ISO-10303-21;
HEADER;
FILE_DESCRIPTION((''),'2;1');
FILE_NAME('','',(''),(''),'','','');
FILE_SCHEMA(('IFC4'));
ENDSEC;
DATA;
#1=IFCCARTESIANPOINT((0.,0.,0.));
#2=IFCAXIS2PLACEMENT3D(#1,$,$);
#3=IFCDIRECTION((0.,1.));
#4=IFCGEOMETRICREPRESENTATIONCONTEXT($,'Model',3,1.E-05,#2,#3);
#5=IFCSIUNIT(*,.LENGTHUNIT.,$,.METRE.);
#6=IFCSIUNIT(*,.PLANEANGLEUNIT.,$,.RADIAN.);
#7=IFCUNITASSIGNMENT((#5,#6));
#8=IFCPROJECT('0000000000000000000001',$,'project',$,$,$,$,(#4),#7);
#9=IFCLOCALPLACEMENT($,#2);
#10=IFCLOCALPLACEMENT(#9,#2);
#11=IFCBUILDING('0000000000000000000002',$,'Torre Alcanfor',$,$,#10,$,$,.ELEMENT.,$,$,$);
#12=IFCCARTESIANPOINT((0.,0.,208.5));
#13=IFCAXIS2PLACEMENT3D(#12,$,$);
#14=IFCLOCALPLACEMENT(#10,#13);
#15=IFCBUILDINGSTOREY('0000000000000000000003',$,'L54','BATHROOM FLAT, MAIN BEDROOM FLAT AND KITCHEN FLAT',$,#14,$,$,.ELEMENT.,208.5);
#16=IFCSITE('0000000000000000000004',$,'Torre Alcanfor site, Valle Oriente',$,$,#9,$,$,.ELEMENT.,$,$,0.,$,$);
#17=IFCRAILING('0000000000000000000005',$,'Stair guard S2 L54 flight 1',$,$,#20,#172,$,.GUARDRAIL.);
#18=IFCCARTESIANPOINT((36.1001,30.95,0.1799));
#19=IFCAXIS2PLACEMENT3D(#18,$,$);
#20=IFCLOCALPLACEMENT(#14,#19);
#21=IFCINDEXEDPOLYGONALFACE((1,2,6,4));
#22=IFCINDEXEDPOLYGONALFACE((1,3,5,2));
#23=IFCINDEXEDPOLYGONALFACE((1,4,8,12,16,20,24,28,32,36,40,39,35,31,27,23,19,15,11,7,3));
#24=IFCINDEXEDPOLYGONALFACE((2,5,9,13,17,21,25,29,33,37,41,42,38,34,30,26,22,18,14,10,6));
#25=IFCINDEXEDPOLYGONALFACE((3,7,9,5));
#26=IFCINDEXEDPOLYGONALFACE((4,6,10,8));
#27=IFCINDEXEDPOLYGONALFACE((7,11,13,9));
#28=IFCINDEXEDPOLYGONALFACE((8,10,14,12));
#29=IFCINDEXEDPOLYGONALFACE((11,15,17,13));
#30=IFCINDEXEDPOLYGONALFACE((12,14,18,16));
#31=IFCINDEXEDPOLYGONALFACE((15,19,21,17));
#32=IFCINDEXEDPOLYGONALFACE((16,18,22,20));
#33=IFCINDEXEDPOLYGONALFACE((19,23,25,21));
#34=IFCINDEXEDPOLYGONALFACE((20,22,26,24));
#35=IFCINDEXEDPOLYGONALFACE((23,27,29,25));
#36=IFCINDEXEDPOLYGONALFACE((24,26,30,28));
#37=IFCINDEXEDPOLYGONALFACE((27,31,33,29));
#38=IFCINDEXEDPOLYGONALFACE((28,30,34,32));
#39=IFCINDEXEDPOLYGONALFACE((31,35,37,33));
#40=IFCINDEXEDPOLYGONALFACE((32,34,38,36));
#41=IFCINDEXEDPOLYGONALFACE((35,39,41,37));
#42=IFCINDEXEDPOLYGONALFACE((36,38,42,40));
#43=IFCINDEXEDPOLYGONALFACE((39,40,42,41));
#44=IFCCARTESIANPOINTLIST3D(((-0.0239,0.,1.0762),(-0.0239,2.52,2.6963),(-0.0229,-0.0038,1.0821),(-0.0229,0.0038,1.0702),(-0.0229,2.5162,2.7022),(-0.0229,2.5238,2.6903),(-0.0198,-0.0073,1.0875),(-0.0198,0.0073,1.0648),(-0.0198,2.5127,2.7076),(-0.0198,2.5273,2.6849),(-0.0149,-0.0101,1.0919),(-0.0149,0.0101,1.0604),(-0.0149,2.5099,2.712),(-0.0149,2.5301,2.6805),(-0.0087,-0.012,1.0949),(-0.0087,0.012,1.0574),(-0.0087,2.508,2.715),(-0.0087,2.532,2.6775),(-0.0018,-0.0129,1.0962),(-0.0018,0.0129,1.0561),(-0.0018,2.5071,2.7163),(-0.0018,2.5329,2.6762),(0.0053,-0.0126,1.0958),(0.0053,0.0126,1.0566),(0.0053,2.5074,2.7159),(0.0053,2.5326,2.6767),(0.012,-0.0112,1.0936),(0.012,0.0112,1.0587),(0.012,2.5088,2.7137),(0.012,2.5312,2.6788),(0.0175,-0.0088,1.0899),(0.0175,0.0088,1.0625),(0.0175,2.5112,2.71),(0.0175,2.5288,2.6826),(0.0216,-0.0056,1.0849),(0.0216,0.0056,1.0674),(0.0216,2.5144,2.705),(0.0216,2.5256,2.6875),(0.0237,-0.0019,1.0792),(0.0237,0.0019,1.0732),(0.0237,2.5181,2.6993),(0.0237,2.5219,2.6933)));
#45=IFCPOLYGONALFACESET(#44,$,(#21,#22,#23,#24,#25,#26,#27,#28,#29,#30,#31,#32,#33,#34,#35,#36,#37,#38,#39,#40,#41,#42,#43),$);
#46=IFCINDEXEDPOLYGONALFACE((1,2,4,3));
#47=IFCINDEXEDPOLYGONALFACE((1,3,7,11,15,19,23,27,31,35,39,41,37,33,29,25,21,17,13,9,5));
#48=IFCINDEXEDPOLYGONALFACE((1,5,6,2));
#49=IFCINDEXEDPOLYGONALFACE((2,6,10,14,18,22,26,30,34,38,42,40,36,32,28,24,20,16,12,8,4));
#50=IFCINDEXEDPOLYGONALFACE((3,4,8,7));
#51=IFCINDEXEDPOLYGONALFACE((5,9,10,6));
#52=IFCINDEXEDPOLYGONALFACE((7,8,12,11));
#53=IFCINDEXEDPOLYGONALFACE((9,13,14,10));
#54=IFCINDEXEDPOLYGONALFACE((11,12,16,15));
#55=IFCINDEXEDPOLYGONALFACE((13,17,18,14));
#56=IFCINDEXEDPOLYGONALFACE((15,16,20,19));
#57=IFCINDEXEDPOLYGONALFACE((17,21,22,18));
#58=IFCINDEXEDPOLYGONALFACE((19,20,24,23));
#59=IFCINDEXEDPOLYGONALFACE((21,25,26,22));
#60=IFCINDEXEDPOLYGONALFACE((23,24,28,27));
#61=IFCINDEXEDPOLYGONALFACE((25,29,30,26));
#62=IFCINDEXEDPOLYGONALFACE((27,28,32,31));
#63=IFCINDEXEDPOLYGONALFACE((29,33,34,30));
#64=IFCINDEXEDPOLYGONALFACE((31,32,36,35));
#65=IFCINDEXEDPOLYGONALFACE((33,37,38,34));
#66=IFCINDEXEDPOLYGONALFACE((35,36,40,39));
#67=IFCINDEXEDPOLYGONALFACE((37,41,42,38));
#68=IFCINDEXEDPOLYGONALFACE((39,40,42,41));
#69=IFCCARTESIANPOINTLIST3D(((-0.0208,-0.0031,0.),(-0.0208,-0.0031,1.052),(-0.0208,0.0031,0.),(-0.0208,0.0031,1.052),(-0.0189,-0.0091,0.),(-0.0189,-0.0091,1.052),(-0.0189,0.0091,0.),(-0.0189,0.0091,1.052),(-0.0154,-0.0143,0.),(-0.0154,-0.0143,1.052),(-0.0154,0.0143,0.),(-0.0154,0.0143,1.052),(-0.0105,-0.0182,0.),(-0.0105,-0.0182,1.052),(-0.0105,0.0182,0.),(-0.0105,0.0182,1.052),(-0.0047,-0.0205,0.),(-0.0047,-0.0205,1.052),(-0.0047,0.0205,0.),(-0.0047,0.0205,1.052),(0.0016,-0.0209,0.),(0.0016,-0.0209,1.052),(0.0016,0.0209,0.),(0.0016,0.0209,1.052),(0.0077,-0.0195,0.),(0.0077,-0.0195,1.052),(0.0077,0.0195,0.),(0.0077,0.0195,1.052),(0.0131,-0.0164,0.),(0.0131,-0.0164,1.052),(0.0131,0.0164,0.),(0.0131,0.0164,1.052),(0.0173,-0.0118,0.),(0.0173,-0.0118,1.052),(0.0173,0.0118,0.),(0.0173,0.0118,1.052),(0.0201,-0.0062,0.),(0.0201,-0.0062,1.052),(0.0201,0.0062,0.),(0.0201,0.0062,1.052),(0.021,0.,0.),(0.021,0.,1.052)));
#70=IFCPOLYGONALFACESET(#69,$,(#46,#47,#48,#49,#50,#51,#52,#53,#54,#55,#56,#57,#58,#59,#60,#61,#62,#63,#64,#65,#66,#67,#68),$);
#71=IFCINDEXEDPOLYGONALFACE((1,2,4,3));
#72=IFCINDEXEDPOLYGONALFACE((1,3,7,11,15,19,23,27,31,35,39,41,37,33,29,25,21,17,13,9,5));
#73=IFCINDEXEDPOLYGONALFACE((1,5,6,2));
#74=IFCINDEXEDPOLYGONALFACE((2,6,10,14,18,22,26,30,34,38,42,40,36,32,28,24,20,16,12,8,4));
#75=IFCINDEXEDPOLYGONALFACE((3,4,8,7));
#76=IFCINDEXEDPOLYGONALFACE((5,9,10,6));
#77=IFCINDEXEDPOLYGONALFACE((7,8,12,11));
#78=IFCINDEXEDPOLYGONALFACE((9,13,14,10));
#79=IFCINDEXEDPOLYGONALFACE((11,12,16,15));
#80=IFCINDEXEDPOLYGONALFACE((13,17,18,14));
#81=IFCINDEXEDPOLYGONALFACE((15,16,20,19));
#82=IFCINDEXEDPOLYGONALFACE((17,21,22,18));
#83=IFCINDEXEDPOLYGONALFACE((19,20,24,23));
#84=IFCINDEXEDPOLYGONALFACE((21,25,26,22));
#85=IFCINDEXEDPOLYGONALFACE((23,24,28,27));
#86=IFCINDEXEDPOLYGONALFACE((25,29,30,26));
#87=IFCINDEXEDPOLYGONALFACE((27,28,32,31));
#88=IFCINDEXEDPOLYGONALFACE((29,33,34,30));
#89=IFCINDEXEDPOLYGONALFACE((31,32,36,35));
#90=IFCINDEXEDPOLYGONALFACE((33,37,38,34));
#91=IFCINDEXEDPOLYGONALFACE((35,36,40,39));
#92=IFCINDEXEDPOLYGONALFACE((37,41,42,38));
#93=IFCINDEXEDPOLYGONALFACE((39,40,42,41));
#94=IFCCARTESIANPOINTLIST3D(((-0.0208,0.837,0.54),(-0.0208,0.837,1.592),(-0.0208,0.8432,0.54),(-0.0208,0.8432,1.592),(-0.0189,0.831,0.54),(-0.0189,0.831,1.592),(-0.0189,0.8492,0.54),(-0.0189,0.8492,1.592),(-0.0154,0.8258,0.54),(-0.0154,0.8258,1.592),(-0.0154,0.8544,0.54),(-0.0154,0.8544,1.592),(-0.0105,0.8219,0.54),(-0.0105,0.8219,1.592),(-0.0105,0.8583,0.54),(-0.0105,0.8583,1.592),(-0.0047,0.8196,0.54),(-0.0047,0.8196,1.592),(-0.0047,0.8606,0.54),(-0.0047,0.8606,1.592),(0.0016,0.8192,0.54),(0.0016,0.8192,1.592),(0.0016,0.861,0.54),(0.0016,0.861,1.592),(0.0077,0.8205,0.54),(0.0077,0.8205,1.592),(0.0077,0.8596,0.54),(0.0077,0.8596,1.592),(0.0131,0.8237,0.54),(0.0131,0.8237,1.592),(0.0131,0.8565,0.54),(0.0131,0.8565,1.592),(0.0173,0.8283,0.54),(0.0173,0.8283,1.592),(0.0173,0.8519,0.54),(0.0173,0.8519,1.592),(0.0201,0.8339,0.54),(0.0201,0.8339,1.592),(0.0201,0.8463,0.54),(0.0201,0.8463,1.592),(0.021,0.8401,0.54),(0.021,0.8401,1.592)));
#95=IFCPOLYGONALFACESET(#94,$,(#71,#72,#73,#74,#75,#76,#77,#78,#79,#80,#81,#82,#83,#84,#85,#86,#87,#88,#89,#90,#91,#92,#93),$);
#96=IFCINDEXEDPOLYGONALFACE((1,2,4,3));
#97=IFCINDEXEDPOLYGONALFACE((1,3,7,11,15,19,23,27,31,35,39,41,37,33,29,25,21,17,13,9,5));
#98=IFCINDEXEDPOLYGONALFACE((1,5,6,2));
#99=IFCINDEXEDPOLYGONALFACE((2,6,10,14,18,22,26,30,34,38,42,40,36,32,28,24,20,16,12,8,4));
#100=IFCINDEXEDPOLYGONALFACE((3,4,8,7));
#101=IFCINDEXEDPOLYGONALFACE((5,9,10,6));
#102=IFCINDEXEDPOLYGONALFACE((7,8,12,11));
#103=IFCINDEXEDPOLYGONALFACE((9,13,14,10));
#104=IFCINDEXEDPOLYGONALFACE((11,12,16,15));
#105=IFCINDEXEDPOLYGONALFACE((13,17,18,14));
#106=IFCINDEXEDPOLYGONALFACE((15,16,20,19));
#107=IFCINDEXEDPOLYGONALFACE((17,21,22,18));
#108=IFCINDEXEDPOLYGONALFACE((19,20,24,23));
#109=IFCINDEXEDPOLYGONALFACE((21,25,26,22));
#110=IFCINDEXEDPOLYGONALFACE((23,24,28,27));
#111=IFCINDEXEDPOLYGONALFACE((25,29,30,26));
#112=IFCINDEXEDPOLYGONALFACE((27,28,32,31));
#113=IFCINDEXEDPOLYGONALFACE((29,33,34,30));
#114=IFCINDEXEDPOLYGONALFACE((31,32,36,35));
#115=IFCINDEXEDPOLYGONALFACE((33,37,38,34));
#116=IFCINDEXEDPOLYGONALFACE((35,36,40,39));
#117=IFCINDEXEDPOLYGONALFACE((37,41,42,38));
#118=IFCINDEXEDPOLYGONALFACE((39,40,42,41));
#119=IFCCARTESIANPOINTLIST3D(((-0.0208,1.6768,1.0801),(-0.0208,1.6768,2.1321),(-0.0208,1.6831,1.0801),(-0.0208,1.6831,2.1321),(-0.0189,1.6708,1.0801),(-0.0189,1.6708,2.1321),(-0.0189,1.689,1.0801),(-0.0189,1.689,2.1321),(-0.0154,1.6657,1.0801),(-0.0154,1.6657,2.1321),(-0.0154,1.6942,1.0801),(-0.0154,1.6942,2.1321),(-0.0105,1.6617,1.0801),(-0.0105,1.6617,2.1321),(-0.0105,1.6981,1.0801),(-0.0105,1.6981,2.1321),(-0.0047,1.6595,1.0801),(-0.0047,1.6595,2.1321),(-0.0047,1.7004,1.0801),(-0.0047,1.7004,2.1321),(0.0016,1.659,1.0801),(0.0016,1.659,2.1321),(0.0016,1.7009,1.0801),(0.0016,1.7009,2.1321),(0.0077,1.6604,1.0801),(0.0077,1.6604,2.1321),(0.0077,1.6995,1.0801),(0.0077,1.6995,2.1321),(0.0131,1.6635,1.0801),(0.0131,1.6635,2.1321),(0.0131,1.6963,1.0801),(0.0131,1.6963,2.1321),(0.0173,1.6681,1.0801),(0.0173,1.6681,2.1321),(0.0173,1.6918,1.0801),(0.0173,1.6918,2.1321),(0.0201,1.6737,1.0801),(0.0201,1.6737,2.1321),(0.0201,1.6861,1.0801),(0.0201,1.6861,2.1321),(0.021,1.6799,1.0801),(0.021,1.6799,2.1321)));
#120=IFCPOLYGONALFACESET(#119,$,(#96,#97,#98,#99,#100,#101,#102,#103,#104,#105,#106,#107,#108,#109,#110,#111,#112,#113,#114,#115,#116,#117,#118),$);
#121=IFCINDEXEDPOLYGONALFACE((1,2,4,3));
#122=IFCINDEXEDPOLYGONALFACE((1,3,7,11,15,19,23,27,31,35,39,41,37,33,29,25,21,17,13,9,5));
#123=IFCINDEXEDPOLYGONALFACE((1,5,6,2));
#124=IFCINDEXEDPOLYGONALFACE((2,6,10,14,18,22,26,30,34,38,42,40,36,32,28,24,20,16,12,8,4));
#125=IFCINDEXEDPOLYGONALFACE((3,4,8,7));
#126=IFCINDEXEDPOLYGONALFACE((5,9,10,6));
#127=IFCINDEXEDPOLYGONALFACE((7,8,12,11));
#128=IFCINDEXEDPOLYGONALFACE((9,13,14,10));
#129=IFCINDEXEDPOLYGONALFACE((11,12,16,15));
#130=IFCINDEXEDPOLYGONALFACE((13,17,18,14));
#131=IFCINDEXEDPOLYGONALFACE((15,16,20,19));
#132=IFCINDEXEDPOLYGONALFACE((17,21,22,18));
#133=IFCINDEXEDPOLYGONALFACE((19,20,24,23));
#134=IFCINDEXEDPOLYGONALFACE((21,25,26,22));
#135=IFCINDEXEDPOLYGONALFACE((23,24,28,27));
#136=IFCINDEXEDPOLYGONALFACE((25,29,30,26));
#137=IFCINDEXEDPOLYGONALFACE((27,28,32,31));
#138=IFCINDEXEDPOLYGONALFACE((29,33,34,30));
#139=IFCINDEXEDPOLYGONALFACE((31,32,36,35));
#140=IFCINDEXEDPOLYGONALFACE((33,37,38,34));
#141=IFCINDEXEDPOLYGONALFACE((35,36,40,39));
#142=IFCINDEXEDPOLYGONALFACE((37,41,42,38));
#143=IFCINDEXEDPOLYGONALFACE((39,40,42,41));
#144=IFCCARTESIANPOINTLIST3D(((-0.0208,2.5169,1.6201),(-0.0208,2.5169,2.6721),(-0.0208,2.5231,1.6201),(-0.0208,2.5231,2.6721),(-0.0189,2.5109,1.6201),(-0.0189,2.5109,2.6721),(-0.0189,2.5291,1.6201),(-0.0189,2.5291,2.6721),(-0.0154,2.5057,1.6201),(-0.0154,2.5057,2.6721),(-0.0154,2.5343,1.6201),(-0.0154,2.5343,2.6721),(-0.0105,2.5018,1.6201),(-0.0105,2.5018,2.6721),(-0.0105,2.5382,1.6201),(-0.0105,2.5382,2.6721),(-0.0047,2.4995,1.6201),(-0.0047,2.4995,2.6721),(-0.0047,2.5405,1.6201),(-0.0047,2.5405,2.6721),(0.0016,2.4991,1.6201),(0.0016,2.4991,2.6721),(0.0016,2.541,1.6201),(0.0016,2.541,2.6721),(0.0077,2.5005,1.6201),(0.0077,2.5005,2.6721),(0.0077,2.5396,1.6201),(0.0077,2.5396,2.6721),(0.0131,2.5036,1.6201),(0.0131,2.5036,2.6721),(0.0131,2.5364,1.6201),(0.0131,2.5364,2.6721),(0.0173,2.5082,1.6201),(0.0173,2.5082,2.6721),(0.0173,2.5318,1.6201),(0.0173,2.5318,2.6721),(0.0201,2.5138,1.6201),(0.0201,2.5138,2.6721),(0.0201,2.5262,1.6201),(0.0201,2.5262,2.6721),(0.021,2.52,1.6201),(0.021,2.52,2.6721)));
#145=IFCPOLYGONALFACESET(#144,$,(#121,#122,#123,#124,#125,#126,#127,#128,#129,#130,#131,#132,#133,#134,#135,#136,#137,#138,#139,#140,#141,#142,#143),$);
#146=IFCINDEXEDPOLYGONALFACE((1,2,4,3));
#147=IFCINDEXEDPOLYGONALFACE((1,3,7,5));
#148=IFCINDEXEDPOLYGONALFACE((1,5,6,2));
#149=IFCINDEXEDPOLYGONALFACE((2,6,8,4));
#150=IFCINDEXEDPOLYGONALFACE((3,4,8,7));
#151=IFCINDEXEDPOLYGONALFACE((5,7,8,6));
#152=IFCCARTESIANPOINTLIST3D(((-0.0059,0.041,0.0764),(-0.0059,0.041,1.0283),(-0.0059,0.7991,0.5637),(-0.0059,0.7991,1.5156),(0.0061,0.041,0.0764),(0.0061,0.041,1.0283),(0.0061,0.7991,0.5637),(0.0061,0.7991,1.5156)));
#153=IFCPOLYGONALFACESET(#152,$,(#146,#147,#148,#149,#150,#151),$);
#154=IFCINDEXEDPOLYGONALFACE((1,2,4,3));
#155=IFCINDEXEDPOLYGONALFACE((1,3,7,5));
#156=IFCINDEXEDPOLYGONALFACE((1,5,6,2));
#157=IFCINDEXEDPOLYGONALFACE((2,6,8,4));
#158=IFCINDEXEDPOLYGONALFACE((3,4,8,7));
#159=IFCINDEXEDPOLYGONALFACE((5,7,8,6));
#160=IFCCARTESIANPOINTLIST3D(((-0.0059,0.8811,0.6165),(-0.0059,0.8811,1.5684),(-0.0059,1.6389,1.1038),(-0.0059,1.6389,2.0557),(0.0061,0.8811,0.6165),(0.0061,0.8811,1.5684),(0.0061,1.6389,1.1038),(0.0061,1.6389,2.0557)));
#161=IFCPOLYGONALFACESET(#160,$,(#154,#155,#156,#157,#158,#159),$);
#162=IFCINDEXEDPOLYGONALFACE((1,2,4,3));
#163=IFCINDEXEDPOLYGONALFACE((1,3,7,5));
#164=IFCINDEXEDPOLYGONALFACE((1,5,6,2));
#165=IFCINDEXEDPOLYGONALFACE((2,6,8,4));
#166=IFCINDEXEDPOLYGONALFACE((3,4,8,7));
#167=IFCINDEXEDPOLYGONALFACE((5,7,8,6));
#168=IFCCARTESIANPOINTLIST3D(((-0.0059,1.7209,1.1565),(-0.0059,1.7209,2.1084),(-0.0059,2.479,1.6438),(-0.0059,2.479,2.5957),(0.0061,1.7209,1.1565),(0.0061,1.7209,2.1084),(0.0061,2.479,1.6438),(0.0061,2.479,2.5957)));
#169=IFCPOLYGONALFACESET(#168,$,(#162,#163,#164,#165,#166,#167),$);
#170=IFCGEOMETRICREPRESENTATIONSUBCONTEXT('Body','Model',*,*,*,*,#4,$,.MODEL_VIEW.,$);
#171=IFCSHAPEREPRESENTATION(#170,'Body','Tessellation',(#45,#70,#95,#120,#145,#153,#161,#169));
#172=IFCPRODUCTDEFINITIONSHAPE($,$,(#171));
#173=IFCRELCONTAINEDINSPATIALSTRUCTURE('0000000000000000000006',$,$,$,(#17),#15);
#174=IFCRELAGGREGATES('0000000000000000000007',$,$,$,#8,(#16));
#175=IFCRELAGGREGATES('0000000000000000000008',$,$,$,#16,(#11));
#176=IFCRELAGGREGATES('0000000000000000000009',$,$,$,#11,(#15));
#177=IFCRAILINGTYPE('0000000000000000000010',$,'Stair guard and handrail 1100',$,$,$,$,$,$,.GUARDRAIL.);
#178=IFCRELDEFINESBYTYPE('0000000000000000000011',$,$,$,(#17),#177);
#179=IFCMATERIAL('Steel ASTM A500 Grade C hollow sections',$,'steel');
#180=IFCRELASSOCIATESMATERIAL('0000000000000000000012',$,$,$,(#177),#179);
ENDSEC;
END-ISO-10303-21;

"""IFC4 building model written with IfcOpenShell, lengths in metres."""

from ifc_helpers import new_model, si_unit, direction, frame, origin, origin_2d, place, context, subcontext, project, spatial, polyline, circle, outline, extrude, material, type_object, element, save


model = new_model("IFC4")

# Units and contexts
model_context = context("Model", 3, precision=1e-05, world=origin(), true_north=direction((0.0, 1.0)))
body_context = subcontext(model_context, "Body", "Model", "MODEL_VIEW")
ifc_project = project(units=[si_unit("LENGTHUNIT", "METRE"), si_unit("PLANEANGLEUNIT", "RADIAN")], contexts=[model_context])

# Site, building, storey
site_placement = place(None, origin())
site = spatial("IfcSite", under=ifc_project, at=site_placement, Name="Torre Alcanfor site, Valle Oriente", CompositionType="ELEMENT", RefElevation=0.0)
building_placement = place(site_placement, origin())
building = spatial("IfcBuilding", under=site, at=building_placement, Name="Torre Alcanfor", CompositionType="ELEMENT")
storey_placement = place(building_placement, frame((0.0, 0.0, 208.5)))
storey = spatial("IfcBuildingStorey", under=building, at=storey_placement, Name="L54", Description="BATHROOM FLAT, MAIN BEDROOM FLAT AND KITCHEN FLAT", CompositionType="ELEMENT", Elevation=208.5)

# Railing
ifc_material_1 = material(Name="Steel ASTM A500 Grade C hollow sections", Category="steel")
railing_type_1 = type_object("IfcRailingType", Name="Stair guard and handrail 1100", PredefinedType="GUARDRAIL", material=ifc_material_1)
railing_1_placement = place(storey_placement, frame((36.1001, 30.95, 0.1799)))
element("IfcRailing", 1, at=railing_1_placement, inside=storey, type_object=railing_type_1, Name="Stair guard S2 L54 flight 1", PredefinedType="GUARDRAIL", context=body_context, shape_type="SweptSolid", body=[
    extrude(circle(Radius=0.0239, at=origin_2d()), frame((0.0, 0.0, 1.0762), z_axis=(0.0, 0.841163, 0.540782), x_axis=(-1.0, 0.0, 0.0)), (0.0, 0.0, 1.0), 2.9958),
    extrude(circle(Radius=0.021, at=origin_2d()), origin(), (0.0, 0.0, 1.0), 1.052),
    extrude(circle(Radius=0.021, at=origin_2d()), frame((0.0, 0.8401, 0.54)), (0.0, 0.0, 1.0), 1.052),
    extrude(circle(Radius=0.021, at=origin_2d()), frame((0.0, 1.6799, 1.0801)), (0.0, 0.0, 1.0), 1.052),
    extrude(circle(Radius=0.021, at=origin_2d()), frame((0.0, 2.52, 1.6201)), (0.0, 0.0, 1.0), 1.052),
    extrude(outline(polyline([(0.041, 0.0764), (0.7991, 0.5637), (0.7991, 1.5156), (0.041, 1.0283), (0.041, 0.0764)])), frame((-0.0059, 0.0, 0.0), z_axis=(1.0, 0.0, 0.0), x_axis=(0.0, 1.0, 0.0)), (0.0, 0.0, 1.0), 0.012),
    extrude(outline(polyline([(0.8811, 0.6165), (1.6389, 1.1038), (1.6389, 2.0557), (0.8811, 1.5684), (0.8811, 0.6165)])), frame((-0.0059, 0.0, 0.0), z_axis=(1.0, 0.0, 0.0), x_axis=(0.0, 1.0, 0.0)), (0.0, 0.0, 1.0), 0.012),
    extrude(outline(polyline([(1.7209, 1.1565), (2.479, 1.6438), (2.479, 2.5957), (1.7209, 2.1084), (1.7209, 1.1565)])), frame((-0.0059, 0.0, 0.0), z_axis=(1.0, 0.0, 0.0), x_axis=(0.0, 1.0, 0.0)), (0.0, 0.0, 1.0), 0.012),
])

save(model, "model.ifc")
